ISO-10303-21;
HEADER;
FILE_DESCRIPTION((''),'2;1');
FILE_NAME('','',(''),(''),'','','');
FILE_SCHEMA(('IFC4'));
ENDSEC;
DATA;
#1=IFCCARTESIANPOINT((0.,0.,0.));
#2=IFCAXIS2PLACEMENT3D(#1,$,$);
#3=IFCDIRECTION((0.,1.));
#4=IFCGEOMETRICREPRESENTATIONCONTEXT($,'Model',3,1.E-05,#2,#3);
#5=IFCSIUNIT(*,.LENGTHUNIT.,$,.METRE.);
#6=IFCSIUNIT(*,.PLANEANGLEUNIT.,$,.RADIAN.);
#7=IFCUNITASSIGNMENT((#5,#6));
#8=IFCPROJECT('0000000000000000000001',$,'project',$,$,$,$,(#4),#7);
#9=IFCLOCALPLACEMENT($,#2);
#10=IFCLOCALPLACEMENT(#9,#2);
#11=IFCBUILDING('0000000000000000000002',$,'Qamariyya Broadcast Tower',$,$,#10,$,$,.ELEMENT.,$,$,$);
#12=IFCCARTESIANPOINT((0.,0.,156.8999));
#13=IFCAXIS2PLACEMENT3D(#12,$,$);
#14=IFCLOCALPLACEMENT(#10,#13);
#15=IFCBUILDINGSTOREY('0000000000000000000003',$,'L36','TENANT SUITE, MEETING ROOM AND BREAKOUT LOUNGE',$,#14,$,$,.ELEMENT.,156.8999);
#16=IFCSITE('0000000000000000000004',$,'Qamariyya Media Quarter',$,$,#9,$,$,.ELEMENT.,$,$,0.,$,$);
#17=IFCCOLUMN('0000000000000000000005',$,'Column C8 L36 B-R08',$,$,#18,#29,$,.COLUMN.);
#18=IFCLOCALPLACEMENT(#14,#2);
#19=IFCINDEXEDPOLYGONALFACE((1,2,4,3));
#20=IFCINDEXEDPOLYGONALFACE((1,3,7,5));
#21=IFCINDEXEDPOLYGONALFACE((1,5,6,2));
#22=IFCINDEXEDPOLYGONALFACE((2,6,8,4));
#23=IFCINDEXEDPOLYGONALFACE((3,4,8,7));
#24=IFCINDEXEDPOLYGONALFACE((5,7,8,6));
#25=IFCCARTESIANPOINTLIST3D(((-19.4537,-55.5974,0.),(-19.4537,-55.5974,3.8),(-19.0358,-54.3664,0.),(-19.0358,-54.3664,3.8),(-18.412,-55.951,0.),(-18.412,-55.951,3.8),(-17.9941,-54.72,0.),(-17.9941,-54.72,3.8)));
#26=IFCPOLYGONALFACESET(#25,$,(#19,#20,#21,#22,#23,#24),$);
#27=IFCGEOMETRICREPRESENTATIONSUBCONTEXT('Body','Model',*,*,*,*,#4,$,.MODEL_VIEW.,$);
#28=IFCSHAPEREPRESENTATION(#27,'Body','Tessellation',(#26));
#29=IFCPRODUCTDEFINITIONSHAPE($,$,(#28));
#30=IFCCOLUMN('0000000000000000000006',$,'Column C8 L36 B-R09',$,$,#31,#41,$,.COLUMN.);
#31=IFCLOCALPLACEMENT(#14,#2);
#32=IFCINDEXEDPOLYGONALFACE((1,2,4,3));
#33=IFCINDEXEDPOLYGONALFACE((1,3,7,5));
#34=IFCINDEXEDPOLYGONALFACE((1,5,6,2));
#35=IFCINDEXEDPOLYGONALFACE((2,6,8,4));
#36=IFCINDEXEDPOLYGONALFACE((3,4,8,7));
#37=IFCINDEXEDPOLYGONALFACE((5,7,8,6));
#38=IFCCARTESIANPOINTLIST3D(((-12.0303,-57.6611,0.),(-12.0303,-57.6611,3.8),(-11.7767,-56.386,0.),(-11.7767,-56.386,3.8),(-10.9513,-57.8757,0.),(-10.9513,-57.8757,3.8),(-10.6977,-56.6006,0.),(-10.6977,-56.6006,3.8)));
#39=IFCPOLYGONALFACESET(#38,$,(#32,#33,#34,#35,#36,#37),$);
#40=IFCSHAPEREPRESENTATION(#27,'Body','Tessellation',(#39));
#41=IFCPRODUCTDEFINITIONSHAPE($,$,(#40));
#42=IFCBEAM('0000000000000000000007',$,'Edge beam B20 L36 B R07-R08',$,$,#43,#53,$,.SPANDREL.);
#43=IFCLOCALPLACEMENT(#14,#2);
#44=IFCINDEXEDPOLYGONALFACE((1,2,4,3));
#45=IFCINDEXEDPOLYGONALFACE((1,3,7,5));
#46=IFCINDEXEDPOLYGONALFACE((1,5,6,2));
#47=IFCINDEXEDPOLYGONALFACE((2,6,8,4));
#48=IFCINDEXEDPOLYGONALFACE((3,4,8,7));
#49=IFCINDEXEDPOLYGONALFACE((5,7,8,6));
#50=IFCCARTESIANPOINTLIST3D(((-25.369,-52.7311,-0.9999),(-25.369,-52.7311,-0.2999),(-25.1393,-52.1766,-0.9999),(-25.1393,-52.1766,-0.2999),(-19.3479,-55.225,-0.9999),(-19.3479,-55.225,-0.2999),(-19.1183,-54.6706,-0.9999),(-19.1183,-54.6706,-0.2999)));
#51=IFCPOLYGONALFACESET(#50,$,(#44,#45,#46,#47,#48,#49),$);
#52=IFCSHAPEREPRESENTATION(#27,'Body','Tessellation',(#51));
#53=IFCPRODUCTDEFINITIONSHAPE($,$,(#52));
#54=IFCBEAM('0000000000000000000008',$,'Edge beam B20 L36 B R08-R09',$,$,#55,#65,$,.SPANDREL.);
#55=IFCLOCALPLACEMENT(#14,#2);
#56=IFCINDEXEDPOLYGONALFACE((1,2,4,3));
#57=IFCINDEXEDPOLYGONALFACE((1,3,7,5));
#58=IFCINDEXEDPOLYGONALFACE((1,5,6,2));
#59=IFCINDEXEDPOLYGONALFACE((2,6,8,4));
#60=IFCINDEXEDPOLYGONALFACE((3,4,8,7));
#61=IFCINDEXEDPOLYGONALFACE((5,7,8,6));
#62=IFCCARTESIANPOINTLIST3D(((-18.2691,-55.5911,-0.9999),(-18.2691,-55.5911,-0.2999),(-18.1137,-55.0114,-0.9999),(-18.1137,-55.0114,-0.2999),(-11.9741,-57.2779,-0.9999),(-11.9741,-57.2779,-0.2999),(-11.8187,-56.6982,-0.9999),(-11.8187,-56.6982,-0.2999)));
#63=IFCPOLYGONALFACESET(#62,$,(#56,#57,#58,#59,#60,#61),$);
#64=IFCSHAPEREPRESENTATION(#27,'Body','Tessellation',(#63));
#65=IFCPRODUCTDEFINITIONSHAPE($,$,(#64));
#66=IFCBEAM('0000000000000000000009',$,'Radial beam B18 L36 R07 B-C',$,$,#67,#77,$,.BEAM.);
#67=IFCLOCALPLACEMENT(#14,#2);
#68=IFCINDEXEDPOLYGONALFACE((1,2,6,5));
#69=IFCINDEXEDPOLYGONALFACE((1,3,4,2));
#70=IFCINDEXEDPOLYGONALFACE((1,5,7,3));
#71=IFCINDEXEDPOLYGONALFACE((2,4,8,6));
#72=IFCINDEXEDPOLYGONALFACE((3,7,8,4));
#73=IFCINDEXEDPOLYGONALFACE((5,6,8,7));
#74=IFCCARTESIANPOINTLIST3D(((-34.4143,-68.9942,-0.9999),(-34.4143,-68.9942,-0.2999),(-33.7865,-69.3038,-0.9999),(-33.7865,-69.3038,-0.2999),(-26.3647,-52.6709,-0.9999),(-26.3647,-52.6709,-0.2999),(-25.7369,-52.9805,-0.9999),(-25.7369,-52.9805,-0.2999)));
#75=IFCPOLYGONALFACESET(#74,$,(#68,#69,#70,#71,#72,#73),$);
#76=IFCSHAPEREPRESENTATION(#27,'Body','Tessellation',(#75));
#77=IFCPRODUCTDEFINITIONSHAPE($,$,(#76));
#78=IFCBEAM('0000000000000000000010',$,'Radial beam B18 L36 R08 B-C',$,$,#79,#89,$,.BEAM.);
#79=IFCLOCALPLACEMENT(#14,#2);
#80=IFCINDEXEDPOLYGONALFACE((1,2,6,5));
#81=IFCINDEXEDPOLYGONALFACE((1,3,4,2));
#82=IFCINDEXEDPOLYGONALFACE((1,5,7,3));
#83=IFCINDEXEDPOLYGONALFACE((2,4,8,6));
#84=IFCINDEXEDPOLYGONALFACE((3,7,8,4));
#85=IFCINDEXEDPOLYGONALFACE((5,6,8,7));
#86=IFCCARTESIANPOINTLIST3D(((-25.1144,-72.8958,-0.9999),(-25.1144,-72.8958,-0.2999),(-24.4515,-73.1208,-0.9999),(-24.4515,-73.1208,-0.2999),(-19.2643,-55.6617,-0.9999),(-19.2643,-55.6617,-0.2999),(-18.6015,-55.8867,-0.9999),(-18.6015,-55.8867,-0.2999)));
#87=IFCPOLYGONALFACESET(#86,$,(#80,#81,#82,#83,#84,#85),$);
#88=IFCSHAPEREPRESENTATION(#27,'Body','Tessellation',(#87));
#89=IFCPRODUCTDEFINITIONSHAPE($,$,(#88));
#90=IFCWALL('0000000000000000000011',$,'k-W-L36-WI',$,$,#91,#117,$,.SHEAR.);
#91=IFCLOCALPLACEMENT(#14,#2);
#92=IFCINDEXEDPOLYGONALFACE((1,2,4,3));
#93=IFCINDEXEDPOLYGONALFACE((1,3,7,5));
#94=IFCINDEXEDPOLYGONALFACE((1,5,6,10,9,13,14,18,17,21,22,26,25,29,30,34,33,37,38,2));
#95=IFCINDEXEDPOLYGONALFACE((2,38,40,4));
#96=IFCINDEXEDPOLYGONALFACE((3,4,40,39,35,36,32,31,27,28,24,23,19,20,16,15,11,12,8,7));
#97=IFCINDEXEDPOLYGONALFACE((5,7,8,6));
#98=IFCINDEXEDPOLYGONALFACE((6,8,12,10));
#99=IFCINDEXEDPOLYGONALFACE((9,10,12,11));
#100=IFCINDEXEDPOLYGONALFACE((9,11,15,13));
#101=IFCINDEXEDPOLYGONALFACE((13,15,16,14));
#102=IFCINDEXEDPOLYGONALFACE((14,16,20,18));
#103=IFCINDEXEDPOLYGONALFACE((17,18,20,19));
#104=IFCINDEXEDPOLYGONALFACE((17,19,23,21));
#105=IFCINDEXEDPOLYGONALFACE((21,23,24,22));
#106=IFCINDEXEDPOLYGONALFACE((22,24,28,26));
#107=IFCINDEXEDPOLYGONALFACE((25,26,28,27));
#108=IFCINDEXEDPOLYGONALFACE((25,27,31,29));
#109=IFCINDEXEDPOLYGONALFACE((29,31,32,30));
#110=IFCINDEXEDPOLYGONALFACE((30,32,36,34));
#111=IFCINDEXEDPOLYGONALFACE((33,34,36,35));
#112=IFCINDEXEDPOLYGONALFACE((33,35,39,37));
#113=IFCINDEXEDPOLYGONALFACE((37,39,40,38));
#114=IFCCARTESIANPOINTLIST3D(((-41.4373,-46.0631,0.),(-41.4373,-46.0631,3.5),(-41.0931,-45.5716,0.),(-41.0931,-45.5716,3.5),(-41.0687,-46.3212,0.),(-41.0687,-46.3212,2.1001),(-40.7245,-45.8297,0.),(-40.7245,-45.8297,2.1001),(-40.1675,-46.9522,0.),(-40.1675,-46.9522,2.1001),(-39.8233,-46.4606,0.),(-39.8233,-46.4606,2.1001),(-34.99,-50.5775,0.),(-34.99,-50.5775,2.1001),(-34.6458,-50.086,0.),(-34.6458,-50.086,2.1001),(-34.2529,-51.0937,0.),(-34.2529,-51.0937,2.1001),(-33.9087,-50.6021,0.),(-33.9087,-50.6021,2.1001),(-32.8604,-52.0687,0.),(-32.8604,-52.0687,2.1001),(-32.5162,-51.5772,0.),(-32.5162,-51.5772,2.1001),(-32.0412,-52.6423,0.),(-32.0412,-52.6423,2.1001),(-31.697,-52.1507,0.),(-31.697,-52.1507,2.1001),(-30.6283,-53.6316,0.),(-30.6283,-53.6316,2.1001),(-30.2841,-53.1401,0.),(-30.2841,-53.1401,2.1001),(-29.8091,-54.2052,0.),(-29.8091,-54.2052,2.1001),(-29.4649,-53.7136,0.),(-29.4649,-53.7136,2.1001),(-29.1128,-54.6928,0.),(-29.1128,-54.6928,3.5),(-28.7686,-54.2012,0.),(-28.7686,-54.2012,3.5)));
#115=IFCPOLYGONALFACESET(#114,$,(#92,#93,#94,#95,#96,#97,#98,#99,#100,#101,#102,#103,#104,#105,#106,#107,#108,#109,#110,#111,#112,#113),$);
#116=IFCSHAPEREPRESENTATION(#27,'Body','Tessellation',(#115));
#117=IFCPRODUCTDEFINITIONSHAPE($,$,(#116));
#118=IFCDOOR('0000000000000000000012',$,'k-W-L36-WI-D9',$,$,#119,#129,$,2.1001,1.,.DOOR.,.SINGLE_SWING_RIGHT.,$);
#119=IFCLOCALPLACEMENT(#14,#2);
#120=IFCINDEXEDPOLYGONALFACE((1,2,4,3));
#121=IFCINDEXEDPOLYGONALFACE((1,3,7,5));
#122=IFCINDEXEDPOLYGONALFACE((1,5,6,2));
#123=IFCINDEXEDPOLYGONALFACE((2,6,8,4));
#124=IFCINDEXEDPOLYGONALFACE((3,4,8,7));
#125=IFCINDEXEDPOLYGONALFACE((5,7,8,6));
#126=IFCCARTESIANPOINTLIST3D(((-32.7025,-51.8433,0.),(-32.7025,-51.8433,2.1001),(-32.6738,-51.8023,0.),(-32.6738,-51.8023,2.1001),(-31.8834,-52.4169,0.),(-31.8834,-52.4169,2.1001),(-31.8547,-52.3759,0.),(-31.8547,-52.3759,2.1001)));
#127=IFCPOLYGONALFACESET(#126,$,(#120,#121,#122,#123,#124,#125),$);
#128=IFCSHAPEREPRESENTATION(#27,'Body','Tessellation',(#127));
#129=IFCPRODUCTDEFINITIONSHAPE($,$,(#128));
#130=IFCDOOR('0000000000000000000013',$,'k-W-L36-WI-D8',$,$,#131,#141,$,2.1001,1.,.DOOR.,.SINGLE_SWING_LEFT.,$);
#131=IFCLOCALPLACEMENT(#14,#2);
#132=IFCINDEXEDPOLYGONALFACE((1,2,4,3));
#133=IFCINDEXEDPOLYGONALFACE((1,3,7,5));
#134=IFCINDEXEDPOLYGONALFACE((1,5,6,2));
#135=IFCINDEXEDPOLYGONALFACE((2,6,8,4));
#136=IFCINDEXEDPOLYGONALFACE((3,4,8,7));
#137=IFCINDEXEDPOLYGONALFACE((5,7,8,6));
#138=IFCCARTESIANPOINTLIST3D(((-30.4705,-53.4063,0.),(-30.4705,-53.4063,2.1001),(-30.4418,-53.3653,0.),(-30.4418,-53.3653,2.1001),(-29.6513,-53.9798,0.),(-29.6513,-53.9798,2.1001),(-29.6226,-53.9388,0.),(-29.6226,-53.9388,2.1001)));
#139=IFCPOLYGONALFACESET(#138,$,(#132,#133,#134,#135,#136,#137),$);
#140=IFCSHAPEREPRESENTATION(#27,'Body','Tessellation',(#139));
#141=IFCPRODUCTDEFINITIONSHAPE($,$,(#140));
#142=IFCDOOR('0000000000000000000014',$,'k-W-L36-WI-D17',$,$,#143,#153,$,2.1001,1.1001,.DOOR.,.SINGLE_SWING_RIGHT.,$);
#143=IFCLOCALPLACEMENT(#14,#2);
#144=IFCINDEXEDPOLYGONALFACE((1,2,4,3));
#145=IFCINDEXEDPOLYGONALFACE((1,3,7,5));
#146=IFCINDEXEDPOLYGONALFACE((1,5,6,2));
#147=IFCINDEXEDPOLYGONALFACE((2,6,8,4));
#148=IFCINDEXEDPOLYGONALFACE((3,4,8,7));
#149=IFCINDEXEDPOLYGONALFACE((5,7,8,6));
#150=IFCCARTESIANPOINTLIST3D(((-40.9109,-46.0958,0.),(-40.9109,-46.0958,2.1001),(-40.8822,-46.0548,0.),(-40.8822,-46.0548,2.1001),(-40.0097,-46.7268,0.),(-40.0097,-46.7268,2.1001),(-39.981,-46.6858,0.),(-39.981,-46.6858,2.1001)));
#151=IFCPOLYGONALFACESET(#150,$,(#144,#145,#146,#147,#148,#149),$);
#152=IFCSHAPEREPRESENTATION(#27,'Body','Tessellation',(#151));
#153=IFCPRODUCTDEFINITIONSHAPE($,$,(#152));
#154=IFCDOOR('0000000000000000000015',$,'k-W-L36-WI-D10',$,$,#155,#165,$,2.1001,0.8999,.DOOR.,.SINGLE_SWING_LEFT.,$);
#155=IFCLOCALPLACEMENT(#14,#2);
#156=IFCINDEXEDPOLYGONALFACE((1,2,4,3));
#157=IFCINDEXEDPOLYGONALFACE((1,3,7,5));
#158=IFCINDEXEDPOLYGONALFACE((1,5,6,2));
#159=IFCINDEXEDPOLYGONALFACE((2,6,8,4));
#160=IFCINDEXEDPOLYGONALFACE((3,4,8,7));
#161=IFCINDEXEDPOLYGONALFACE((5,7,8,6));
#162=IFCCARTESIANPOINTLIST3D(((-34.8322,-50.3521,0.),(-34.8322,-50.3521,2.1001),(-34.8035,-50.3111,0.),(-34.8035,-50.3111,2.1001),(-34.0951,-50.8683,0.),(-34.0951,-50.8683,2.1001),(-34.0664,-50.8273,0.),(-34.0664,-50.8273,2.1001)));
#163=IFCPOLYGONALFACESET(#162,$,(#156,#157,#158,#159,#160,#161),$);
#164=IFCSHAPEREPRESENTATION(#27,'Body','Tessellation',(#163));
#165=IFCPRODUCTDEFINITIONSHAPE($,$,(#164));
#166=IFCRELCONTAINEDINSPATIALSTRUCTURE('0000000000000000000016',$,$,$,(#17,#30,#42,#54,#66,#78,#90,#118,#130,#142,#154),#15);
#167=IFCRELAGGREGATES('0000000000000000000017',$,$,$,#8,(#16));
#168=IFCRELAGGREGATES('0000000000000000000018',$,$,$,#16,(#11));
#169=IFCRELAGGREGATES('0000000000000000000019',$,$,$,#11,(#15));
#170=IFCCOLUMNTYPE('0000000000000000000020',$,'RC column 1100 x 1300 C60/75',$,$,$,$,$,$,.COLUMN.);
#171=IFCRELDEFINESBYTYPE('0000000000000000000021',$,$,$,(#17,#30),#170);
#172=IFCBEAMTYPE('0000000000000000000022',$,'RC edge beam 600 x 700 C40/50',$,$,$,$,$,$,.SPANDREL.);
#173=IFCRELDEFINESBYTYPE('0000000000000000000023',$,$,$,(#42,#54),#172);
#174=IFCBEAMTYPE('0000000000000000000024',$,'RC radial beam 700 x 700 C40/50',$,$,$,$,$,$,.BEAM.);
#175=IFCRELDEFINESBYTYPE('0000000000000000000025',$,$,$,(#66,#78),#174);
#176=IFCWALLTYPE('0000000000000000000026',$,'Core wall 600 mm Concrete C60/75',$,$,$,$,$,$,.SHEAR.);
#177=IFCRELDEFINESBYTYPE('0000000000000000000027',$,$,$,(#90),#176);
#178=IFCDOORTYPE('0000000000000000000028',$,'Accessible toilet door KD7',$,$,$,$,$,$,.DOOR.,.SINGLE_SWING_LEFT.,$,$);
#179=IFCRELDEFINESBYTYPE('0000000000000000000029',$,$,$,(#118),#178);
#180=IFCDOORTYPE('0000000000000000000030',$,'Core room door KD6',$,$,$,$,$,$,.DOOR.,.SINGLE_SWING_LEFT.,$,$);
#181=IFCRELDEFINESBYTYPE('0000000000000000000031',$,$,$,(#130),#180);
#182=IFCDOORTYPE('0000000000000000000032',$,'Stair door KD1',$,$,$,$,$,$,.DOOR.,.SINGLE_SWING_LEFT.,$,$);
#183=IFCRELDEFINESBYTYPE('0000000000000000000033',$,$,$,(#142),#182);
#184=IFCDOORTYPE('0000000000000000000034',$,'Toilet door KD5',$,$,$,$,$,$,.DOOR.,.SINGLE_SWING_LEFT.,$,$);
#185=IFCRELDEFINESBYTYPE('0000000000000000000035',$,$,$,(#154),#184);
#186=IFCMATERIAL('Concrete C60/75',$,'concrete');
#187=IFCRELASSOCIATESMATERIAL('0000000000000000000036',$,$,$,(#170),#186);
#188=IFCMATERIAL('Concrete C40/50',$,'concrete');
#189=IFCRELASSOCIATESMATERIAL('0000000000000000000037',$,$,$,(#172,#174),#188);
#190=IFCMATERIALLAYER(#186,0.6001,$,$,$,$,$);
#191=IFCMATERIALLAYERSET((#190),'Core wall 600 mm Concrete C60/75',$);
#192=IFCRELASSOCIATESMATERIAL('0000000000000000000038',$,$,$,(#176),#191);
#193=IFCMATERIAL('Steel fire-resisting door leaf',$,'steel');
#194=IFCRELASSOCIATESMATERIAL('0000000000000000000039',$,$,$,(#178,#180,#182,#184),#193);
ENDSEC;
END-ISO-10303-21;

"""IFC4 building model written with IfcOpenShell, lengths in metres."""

from ifc_helpers import new_model, si_unit, direction, frame, frame_2d, origin, origin_2d, place, context, subcontext, project, spatial, rectangle, extrude, material, layer, layer_set, material_profile, profile_set, type_object, element, fill, save


model = new_model("IFC4")

# Units and contexts
model_context = context("Model", 3, precision=1e-05, world=origin(), true_north=direction((0.0, 1.0)))
body_context = subcontext(model_context, "Body", "Model", "MODEL_VIEW")
ifc_project = project(units=[si_unit("LENGTHUNIT", "METRE"), si_unit("PLANEANGLEUNIT", "RADIAN")], contexts=[model_context])

# Site, building, storey
site_placement = place(None, origin())
site = spatial("IfcSite", under=ifc_project, at=site_placement, Name="Qamariyya Media Quarter", CompositionType="ELEMENT", RefElevation=0.0)
building_placement = place(site_placement, origin())
building = spatial("IfcBuilding", under=site, at=building_placement, Name="Qamariyya Broadcast Tower", CompositionType="ELEMENT")
storey_placement = place(building_placement, frame((0.0, 0.0, 156.8999)))
storey = spatial("IfcBuildingStorey", under=building, at=storey_placement, Name="L36", Description="TENANT SUITE, MEETING ROOM AND BREAKOUT LOUNGE", CompositionType="ELEMENT", Elevation=156.8999)

# Columns
ifc_material_1 = material(Name="Concrete C60/75", Category="concrete")
ifc_material_profile_1 = material_profile(ifc_material_1, rectangle(XDim=1.1001, YDim=1.3, at=origin_2d()))
ifc_profile_set_1 = profile_set([ifc_material_profile_1], Name="Concrete C60/75")
column_type = type_object("IfcColumnType", Name="RC column 1100 x 1300 C60/75", PredefinedType="COLUMN", material=ifc_profile_set_1)
for number, where, z_axis, x_axis, name in (
    (1, (-18.7239, -55.1587, 0.0), (0.0, 0.0, 1.0), (0.94693, -0.321439, 0.0), "Column C8 L36 B-R08"),
    (2, (-11.364, -57.1309, 0.0), (0.0, 0.0, 1.0), (0.980785, -0.19509, 0.0), "Column C8 L36 B-R09"),
):
    element("IfcColumn", number, at=place(storey_placement, frame(where, z_axis=z_axis, x_axis=x_axis)), inside=storey, type_object=column_type, Name=name, PredefinedType="COLUMN", context=body_context, shape_type="SweptSolid", body=[
        extrude(rectangle(XDim=1.1001, YDim=1.3, at=origin_2d()), origin(), (0.0, 0.0, 1.0), 3.8),
    ])

# Beams
ifc_material_2 = material(Name="Concrete C40/50", Category="concrete")
ifc_material_profile_2 = material_profile(ifc_material_2, rectangle(XDim=0.6001, YDim=0.7, at=origin_2d()))
ifc_profile_set_2 = profile_set([ifc_material_profile_2], Name="Concrete C40/50")
beam_type_1 = type_object("IfcBeamType", Name="RC edge beam 600 x 700 C40/50", PredefinedType="SPANDREL", material=ifc_profile_set_2)
for number, where, z_axis, x_axis, name in (
    (3, (-25.2542, -52.4539, -0.6499), (0.923884, -0.382673, 0.0), (0.382673, 0.923884, 0.0), "Edge beam B20 L36 B R07-R08"),
    (4, (-18.1914, -55.3013, -0.6499), (0.965924, -0.258826, 0.0), (0.258826, 0.965924, 0.0), "Edge beam B20 L36 B R08-R09"),
):
    element("IfcBeam", number, at=place(storey_placement, frame(where, z_axis=z_axis, x_axis=x_axis)), inside=storey, type_object=beam_type_1, Name=name, PredefinedType="SPANDREL", context=body_context, shape_type="SweptSolid", body=[
        extrude(rectangle(XDim=0.6001, YDim=0.7, at=origin_2d()), origin(), (0.0, 0.0, 1.0), 6.5171),
    ])
ifc_material_profile_3 = material_profile(ifc_material_2, rectangle(XDim=0.7, YDim=0.7, at=origin_2d()))
ifc_profile_set_3 = profile_set([ifc_material_profile_3], Name="Concrete C40/50")
beam_type_2 = type_object("IfcBeamType", Name="RC radial beam 700 x 700 C40/50", PredefinedType="BEAM", material=ifc_profile_set_3)
beam_1_placement = place(storey_placement, frame((-26.0508, -52.8257, -0.6499), z_axis=(-0.442281, -0.896876, 0.0), x_axis=(0.896876, -0.442281, 0.0)))
element("IfcBeam", 5, at=beam_1_placement, inside=storey, type_object=beam_type_2, Name="Radial beam B18 L36 R07 B-C", PredefinedType="BEAM", context=body_context, shape_type="SweptSolid", body=[
    extrude(rectangle(XDim=0.7, YDim=0.7, at=origin_2d()), origin(), (0.0, 0.0, 1.0), 18.2002),
])
beam_2_placement = place(storey_placement, frame((-18.9329, -55.7742, -0.6499), z_axis=(-0.321434, -0.946932, 0.0), x_axis=(0.946932, -0.321434, 0.0)))
element("IfcBeam", 6, at=beam_2_placement, inside=storey, type_object=beam_type_2, Name="Radial beam B18 L36 R08 B-C", PredefinedType="BEAM", context=body_context, shape_type="SweptSolid", body=[
    extrude(rectangle(XDim=0.7, YDim=0.7, at=origin_2d()), origin(), (0.0, 0.0, 1.0), 18.2),
])

# Wall, openings, doors
ifc_layer_1 = layer(ifc_material_1, 0.6001)
ifc_layer_set_1 = layer_set([ifc_layer_1], Name="Core wall 600 mm Concrete C60/75")
wall_type_1 = type_object("IfcWallType", Name="Core wall 600 mm Concrete C60/75", PredefinedType="SHEAR", material=ifc_layer_set_1)
wall_1_placement = place(storey_placement, frame((-28.9407, -54.447, 0.0), z_axis=(0.0, 0.0, 1.0), x_axis=(-0.819153, 0.573575, 0.0)))
wall_1 = element("IfcWall", 7, at=wall_1_placement, inside=storey, type_object=wall_type_1, Name="k-W-L36-WI", PredefinedType="SHEAR", context=body_context, shape_type="SweptSolid", body=[
    extrude(rectangle(XDim=15.0454, YDim=0.6001, at=frame_2d((7.5227, 0.0))), origin(), (0.0, 0.0, 1.0), 3.5),
])
opening_1_placement = place(wall_1_placement, frame((0.8501, 0.0, 0.0)))
opening_1 = element("IfcOpeningElement", 8, at=opening_1_placement, cuts=wall_1, PredefinedType="OPENING", context=body_context, shape_type="SweptSolid", body=[
    extrude(rectangle(XDim=1.0, YDim=2.1001, at=frame_2d((0.5, 1.05))), frame((0.0, 0.3101, 0.0), z_axis=(0.0, -1.0, 0.0), x_axis=(1.0, 0.0, 0.0)), (0.0, 0.0, 1.0), 0.6201),
])
opening_2_placement = place(wall_1_placement, frame((3.575, 0.0, 0.0)))
opening_2 = element("IfcOpeningElement", 9, at=opening_2_placement, cuts=wall_1, PredefinedType="OPENING", context=body_context, shape_type="SweptSolid", body=[
    extrude(rectangle(XDim=1.0, YDim=2.1001, at=frame_2d((0.5, 1.05))), frame((0.0, 0.3101, 0.0), z_axis=(0.0, -1.0, 0.0), x_axis=(1.0, 0.0, 0.0)), (0.0, 0.0, 1.0), 0.6201),
])
opening_3_placement = place(wall_1_placement, frame((6.2749, 0.0, 0.0)))
opening_3 = element("IfcOpeningElement", 10, at=opening_3_placement, cuts=wall_1, PredefinedType="OPENING", context=body_context, shape_type="SweptSolid", body=[
    extrude(rectangle(XDim=0.8999, YDim=2.1001, at=frame_2d((0.45, 1.05))), frame((0.0, 0.3101, 0.0), z_axis=(0.0, -1.0, 0.0), x_axis=(1.0, 0.0, 0.0)), (0.0, 0.0, 1.0), 0.6201),
])
opening_4_placement = place(wall_1_placement, frame((13.4954, 0.0, 0.0)))
opening_4 = element("IfcOpeningElement", 11, at=opening_4_placement, cuts=wall_1, PredefinedType="OPENING", context=body_context, shape_type="SweptSolid", body=[
    extrude(rectangle(XDim=1.1001, YDim=2.1001, at=frame_2d((0.55, 1.05))), frame((0.0, 0.3101, 0.0), z_axis=(0.0, -1.0, 0.0), x_axis=(1.0, 0.0, 0.0)), (0.0, 0.0, 1.0), 0.6201),
])
ifc_material_3 = material(Name="Steel fire-resisting door leaf", Category="steel")
door_type_1 = type_object("IfcDoorType", Name="Accessible toilet door KD7", OperationType="SINGLE_SWING_LEFT", PredefinedType="DOOR", material=ifc_material_3)
door_1_placement = place(opening_2_placement, origin())
door_1 = element("IfcDoor", 12, at=door_1_placement, inside=storey, type_object=door_type_1, Name="k-W-L36-WI-D9", OperationType="SINGLE_SWING_RIGHT", OverallHeight=2.1001, OverallWidth=1.0, PredefinedType="DOOR", context=body_context, shape_type="SweptSolid", body=[
    extrude(rectangle(XDim=1.0, YDim=2.1001, at=frame_2d((0.5, 1.05))), frame((0.0, 0.0249, 0.0), z_axis=(0.0, -1.0, 0.0), x_axis=(1.0, 0.0, 0.0)), (0.0, 0.0, 1.0), 0.05),
])
fill(opening_2, door_1)
door_type_2 = type_object("IfcDoorType", Name="Core room door KD6", OperationType="SINGLE_SWING_LEFT", PredefinedType="DOOR", material=ifc_material_3)
door_2_placement = place(opening_1_placement, origin())
door_2 = element("IfcDoor", 13, at=door_2_placement, inside=storey, type_object=door_type_2, Name="k-W-L36-WI-D8", OperationType="SINGLE_SWING_LEFT", OverallHeight=2.1001, OverallWidth=1.0, PredefinedType="DOOR", context=body_context, shape_type="SweptSolid", body=[
    extrude(rectangle(XDim=1.0, YDim=2.1001, at=frame_2d((0.5, 1.05))), frame((0.0, 0.0249, 0.0), z_axis=(0.0, -1.0, 0.0), x_axis=(1.0, 0.0, 0.0)), (0.0, 0.0, 1.0), 0.05),
])
fill(opening_1, door_2)
door_type_3 = type_object("IfcDoorType", Name="Stair door KD1", OperationType="SINGLE_SWING_LEFT", PredefinedType="DOOR", material=ifc_material_3)
door_3_placement = place(opening_4_placement, origin())
door_3 = element("IfcDoor", 14, at=door_3_placement, inside=storey, type_object=door_type_3, Name="k-W-L36-WI-D17", OperationType="SINGLE_SWING_RIGHT", OverallHeight=2.1001, OverallWidth=1.1001, PredefinedType="DOOR", context=body_context, shape_type="SweptSolid", body=[
    extrude(rectangle(XDim=1.1001, YDim=2.1001, at=frame_2d((0.55, 1.05))), frame((0.0, 0.0249, 0.0), z_axis=(0.0, -1.0, 0.0), x_axis=(1.0, 0.0, 0.0)), (0.0, 0.0, 1.0), 0.05),
])
fill(opening_4, door_3)
door_type_4 = type_object("IfcDoorType", Name="Toilet door KD5", OperationType="SINGLE_SWING_LEFT", PredefinedType="DOOR", material=ifc_material_3)
door_4_placement = place(opening_3_placement, origin())
door_4 = element("IfcDoor", 15, at=door_4_placement, inside=storey, type_object=door_type_4, Name="k-W-L36-WI-D10", OperationType="SINGLE_SWING_LEFT", OverallHeight=2.1001, OverallWidth=0.8999, PredefinedType="DOOR", context=body_context, shape_type="SweptSolid", body=[
    extrude(rectangle(XDim=0.8999, YDim=2.1001, at=frame_2d((0.45, 1.05))), frame((0.0, 0.0249, 0.0), z_axis=(0.0, -1.0, 0.0), x_axis=(1.0, 0.0, 0.0)), (0.0, 0.0, 1.0), 0.05),
])
fill(opening_3, door_4)

save(model, "model.ifc")
